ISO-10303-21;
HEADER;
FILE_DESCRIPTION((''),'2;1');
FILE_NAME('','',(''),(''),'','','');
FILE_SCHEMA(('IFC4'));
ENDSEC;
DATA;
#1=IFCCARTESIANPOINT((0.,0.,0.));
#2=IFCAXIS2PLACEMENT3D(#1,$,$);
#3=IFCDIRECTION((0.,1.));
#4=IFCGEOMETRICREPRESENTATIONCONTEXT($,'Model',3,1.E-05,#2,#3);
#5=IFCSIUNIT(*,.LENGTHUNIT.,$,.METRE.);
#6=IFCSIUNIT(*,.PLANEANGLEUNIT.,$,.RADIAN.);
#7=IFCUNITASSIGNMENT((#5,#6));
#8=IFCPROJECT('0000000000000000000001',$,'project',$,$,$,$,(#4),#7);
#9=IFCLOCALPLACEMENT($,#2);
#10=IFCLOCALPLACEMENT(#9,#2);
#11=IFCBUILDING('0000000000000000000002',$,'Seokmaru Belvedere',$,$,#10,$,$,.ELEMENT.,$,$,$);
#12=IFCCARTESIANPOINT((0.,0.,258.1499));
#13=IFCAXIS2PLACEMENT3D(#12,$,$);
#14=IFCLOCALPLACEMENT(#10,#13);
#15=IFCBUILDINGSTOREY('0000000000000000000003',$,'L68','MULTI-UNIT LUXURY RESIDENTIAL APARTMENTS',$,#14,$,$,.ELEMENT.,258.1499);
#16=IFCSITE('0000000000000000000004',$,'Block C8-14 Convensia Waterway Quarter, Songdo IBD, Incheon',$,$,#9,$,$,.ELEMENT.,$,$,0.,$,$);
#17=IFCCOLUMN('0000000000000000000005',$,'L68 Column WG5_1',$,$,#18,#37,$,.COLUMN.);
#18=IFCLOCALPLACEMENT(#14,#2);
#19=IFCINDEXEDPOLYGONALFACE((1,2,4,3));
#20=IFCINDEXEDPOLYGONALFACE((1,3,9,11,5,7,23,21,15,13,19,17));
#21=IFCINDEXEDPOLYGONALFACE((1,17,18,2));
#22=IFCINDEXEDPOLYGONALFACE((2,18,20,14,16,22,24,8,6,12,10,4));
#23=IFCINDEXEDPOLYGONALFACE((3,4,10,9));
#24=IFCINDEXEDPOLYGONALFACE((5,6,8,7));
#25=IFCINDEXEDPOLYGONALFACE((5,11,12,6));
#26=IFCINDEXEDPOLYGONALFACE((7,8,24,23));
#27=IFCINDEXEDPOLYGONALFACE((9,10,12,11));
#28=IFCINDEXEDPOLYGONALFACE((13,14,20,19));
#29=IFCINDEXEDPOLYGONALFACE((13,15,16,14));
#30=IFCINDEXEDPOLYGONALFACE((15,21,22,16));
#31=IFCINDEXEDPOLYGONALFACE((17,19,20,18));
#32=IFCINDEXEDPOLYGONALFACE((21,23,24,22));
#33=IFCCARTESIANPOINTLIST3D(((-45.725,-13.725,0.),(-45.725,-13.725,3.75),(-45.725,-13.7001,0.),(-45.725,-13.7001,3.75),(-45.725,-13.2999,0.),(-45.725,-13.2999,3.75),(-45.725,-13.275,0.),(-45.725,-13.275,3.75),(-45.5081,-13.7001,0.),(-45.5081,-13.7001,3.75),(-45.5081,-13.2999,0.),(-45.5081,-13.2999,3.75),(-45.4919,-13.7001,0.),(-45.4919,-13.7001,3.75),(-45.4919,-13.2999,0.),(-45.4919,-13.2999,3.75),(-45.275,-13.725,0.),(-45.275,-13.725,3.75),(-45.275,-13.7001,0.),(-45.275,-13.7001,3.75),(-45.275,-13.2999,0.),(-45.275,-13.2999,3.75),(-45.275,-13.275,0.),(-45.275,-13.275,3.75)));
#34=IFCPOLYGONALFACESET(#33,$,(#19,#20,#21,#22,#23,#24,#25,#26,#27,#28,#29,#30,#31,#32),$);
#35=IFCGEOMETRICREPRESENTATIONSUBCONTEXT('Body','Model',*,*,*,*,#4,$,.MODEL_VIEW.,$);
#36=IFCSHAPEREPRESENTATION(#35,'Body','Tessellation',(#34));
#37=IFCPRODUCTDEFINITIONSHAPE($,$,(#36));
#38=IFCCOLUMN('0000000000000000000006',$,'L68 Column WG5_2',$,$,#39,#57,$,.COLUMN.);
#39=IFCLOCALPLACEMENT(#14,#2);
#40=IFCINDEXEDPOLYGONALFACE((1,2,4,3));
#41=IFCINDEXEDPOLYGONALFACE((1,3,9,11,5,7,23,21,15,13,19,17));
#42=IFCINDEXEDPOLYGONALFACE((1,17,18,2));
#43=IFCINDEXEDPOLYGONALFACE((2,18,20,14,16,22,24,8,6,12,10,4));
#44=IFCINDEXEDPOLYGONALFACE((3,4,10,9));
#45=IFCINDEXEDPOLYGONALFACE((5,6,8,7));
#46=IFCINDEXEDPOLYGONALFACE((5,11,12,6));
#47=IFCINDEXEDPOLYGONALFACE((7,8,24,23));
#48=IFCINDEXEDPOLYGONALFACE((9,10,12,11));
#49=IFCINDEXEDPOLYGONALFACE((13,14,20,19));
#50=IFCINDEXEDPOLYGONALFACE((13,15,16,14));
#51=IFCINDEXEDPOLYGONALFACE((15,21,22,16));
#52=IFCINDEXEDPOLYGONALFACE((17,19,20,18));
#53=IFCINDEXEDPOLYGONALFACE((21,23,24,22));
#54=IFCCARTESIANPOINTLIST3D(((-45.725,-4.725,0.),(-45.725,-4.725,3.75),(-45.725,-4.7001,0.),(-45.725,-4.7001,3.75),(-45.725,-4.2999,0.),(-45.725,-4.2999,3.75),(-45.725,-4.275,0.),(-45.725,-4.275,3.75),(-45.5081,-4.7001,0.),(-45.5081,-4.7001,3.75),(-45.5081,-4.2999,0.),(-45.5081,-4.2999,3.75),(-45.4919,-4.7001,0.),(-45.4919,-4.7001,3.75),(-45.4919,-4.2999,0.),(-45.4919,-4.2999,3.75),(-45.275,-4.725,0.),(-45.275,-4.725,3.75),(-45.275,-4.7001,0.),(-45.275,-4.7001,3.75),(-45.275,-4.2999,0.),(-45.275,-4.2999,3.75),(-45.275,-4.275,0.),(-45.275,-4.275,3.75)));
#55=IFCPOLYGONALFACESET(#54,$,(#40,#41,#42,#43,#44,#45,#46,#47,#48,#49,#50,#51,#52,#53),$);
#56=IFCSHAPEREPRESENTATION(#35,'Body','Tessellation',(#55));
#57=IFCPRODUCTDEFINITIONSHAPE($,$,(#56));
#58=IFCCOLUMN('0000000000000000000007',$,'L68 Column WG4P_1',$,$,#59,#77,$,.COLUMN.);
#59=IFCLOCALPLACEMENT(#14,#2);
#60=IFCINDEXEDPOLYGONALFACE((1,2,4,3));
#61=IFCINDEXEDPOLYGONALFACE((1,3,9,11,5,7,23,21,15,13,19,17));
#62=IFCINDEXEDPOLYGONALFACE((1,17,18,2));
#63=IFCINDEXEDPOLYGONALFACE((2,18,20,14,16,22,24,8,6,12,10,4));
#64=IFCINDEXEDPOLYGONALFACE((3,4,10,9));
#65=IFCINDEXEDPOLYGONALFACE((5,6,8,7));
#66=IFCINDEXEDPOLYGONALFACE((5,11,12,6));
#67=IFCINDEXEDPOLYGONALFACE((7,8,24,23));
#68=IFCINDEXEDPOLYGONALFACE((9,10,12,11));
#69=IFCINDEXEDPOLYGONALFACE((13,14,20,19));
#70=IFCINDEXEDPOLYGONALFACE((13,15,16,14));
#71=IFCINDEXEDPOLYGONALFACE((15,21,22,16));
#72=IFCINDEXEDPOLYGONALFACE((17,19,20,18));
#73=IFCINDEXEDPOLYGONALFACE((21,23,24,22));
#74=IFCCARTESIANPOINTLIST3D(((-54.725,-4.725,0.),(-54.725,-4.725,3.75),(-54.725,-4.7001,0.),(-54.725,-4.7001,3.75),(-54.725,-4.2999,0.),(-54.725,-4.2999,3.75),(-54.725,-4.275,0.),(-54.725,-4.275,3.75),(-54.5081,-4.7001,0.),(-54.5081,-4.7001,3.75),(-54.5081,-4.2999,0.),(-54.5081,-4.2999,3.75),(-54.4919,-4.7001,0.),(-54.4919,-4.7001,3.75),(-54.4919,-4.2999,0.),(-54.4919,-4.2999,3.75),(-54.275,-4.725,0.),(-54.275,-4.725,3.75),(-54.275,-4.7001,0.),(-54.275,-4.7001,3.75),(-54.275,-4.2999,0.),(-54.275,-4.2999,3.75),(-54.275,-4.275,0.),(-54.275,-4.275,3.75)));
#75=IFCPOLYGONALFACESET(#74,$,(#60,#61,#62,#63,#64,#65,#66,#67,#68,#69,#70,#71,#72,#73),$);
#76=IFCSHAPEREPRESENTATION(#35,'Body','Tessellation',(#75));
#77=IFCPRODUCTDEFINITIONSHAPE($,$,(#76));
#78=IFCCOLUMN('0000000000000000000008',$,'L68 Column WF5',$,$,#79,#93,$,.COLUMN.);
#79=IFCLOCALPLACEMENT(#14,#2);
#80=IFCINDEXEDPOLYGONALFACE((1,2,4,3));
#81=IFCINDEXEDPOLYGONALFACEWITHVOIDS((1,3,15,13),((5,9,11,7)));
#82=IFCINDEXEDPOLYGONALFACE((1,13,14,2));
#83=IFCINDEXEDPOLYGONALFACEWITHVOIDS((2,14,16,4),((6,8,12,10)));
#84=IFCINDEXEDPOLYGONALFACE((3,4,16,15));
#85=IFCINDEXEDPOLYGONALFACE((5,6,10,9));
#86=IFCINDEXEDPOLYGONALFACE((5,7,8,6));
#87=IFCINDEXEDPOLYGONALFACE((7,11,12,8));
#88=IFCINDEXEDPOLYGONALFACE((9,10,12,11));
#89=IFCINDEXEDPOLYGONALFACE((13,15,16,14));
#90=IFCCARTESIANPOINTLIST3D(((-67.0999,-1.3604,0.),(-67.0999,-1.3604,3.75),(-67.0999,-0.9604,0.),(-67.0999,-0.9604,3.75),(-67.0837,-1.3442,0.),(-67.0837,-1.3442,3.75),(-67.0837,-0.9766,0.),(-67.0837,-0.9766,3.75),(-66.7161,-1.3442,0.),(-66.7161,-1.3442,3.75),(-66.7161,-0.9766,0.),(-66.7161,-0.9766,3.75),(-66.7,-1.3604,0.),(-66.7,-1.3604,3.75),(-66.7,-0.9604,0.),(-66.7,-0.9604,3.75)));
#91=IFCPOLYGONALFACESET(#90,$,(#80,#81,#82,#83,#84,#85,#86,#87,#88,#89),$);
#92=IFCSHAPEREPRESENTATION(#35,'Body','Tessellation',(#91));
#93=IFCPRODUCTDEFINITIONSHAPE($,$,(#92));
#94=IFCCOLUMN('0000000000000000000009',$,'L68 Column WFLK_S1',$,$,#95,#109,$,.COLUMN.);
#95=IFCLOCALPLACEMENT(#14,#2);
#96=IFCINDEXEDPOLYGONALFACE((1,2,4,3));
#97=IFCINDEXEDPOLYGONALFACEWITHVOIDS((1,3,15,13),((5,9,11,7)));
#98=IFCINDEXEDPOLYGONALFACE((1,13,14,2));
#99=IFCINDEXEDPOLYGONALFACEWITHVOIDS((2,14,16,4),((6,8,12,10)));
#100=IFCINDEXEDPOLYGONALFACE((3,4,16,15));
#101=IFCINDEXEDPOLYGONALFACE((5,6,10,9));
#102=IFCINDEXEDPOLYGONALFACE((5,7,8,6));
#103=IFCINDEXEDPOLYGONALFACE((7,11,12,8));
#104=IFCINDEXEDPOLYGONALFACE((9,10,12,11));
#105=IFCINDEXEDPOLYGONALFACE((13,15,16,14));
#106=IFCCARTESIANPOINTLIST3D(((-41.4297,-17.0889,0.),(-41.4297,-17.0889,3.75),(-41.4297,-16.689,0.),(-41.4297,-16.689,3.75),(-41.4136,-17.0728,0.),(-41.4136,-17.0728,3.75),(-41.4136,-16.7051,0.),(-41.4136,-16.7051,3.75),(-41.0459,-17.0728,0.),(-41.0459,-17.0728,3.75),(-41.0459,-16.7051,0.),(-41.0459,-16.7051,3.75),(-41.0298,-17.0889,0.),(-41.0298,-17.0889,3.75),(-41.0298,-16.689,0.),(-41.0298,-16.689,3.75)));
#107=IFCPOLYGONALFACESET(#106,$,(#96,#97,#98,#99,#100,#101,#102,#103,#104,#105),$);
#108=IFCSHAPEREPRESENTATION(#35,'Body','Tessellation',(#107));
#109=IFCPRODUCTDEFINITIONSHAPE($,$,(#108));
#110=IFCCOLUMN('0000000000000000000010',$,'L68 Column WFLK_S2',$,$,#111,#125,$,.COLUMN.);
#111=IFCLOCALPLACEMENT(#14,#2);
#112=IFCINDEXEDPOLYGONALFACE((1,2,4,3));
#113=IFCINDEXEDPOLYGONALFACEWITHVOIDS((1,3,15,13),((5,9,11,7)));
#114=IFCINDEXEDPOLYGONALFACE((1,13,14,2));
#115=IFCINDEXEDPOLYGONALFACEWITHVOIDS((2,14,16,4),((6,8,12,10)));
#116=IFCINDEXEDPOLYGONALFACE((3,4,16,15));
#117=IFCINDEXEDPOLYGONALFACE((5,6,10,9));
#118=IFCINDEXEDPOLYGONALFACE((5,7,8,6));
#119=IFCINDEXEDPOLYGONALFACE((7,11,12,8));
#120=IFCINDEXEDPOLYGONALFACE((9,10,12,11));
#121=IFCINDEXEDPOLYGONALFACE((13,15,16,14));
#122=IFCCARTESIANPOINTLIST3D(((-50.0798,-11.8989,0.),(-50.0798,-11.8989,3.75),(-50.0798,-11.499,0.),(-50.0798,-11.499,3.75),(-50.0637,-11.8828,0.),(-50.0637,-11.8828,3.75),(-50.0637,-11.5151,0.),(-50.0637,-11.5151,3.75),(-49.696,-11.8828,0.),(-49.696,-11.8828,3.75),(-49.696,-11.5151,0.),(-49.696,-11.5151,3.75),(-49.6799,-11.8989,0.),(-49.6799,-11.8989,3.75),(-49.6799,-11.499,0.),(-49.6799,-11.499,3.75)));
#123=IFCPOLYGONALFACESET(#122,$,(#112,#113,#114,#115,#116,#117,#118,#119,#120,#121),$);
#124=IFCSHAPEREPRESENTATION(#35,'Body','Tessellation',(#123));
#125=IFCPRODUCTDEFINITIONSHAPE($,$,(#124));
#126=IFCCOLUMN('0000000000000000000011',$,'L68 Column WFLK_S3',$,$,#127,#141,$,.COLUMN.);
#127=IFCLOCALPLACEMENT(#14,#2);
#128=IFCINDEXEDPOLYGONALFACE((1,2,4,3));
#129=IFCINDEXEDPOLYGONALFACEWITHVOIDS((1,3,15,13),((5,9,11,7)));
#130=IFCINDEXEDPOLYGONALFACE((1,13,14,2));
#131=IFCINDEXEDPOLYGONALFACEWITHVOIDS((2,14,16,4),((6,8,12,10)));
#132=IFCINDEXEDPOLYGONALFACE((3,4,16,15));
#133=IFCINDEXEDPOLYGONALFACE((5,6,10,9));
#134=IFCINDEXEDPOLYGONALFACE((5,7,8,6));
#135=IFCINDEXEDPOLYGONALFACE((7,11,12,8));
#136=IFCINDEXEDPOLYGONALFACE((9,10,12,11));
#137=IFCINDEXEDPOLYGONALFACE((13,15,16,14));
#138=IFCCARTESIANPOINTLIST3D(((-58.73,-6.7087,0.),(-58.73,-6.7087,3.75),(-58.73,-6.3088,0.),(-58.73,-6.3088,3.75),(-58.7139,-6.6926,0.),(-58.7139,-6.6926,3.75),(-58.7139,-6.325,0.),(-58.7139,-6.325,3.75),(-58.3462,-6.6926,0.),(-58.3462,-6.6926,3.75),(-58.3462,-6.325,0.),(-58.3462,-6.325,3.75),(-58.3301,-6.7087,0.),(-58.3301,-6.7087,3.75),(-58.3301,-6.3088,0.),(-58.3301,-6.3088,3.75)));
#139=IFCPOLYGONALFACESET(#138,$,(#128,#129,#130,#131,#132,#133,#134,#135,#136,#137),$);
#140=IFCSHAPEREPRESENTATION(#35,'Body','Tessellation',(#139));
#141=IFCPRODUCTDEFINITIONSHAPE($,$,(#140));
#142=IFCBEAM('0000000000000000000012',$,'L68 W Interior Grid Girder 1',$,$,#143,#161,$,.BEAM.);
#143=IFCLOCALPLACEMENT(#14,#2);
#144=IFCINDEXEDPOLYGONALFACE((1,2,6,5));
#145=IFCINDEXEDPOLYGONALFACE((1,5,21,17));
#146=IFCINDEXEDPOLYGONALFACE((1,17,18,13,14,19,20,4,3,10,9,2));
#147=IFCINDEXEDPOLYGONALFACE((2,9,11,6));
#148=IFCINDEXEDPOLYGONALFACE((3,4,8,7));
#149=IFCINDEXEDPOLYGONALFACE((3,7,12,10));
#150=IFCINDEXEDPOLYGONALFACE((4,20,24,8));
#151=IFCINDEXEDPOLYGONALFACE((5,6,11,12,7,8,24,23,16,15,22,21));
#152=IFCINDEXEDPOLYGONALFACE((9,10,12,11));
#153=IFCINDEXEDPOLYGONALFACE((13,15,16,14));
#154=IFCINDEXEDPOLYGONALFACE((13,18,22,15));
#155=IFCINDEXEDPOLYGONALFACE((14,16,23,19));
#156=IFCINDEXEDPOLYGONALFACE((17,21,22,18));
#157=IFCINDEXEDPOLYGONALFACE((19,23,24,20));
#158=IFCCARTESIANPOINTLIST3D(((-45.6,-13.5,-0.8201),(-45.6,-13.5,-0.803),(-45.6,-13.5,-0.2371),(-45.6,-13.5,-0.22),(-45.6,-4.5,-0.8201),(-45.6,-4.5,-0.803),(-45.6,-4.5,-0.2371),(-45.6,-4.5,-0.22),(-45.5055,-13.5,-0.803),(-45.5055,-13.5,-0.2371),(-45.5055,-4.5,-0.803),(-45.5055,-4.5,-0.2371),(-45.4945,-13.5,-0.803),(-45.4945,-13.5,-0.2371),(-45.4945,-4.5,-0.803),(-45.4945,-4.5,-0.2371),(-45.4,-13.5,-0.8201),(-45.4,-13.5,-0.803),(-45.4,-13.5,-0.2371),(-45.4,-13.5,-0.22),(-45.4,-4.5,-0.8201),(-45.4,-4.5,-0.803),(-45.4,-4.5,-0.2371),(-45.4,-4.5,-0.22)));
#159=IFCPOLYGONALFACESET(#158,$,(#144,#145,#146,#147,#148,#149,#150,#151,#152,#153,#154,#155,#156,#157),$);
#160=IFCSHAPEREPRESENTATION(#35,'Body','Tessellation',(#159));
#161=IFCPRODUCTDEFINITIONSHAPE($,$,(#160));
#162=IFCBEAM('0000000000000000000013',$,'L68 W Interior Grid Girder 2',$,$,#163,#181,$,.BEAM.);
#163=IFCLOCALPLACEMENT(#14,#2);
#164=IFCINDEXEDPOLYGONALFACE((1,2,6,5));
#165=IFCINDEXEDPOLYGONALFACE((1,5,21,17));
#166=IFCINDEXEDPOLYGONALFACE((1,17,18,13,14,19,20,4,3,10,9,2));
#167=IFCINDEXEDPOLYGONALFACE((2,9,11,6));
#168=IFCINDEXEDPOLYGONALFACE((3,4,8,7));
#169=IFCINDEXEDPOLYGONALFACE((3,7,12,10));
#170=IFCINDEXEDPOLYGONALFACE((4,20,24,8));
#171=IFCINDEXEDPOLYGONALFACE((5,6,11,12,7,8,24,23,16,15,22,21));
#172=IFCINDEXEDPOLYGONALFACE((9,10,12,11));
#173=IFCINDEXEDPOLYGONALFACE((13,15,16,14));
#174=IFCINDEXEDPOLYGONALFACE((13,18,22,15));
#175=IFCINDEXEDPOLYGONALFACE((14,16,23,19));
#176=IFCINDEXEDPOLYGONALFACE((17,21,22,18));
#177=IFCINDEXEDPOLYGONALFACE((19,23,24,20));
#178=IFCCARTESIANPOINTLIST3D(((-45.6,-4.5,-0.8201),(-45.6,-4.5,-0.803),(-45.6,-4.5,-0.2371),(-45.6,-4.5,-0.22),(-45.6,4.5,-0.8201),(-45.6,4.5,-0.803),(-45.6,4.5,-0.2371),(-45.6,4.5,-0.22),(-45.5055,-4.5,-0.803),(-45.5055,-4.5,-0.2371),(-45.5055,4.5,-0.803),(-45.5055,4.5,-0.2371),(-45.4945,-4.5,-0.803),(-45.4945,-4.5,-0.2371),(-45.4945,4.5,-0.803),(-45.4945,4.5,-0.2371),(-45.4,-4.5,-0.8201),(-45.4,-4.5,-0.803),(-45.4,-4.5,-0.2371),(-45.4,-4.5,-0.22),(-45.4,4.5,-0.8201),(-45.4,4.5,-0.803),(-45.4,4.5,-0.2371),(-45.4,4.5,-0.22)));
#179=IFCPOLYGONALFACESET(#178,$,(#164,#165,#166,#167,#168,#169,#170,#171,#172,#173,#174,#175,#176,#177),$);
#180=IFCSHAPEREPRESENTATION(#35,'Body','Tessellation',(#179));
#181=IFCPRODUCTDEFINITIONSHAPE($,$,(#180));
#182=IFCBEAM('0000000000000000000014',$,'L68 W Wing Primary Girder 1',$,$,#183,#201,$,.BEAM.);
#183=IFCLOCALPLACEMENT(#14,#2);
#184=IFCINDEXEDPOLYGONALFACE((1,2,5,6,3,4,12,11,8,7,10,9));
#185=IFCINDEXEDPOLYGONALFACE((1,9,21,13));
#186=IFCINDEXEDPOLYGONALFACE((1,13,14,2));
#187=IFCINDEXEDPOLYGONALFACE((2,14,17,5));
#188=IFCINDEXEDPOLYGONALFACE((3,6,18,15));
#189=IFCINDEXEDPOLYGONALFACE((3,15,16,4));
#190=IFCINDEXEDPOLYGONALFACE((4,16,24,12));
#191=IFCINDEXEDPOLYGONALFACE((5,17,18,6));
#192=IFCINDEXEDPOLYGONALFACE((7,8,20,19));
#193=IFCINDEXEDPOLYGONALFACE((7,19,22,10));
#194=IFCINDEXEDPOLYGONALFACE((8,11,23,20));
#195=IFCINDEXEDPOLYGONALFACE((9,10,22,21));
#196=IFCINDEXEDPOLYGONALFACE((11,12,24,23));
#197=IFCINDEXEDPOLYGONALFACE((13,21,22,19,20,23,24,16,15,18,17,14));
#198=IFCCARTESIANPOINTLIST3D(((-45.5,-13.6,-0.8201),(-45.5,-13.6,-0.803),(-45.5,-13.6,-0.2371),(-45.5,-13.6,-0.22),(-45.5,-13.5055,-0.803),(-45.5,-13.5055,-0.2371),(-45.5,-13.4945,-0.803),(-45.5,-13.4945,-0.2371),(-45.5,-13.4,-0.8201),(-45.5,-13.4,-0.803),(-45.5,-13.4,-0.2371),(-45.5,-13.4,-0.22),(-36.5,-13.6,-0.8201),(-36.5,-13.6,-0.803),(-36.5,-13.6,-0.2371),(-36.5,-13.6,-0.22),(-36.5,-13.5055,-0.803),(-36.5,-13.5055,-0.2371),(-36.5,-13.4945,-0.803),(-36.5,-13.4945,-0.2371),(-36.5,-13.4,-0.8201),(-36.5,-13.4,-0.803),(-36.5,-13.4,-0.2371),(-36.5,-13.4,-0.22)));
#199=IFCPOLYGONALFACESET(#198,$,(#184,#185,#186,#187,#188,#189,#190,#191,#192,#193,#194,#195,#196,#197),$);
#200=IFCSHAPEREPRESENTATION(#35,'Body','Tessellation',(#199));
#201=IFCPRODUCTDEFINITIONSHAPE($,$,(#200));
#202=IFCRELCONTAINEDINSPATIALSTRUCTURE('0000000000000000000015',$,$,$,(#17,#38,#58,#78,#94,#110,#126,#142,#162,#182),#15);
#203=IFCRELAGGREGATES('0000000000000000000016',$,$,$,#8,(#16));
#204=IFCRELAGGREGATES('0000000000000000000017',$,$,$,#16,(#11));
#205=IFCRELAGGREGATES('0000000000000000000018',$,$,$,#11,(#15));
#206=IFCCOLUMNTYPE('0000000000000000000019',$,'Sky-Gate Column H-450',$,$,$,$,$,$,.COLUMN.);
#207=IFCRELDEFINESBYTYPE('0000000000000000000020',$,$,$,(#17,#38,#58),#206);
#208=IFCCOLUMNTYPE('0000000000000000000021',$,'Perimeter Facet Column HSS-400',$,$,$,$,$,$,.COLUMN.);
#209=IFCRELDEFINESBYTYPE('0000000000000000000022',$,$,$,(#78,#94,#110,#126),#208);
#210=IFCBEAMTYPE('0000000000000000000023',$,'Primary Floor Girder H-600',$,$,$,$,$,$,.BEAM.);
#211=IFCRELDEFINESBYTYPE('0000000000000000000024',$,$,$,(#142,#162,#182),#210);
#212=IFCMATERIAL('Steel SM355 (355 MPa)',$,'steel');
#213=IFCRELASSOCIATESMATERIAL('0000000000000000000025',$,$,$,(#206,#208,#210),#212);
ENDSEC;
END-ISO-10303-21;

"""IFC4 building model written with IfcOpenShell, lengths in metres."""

from ifc_helpers import new_model, si_unit, direction, frame, origin, origin_2d, place, context, subcontext, project, spatial, hollow_rectangle, i_section, extrude, source, transform, mapped, material, material_profile, profile_set, type_object, type_shapes, element, save


model = new_model("IFC4")

# Units and contexts
model_context = context("Model", 3, precision=1e-05, world=origin(), true_north=direction((0.0, 1.0)))
body_context = subcontext(model_context, "Body", "Model", "MODEL_VIEW")
ifc_project = project(units=[si_unit("LENGTHUNIT", "METRE"), si_unit("PLANEANGLEUNIT", "RADIAN")], contexts=[model_context])

# Site, building, storey
site_placement = place(None, origin())
site = spatial("IfcSite", under=ifc_project, at=site_placement, Name="Block C8-14 Convensia Waterway Quarter, Songdo IBD, Incheon", CompositionType="ELEMENT", RefElevation=0.0)
building_placement = place(site_placement, origin())
building = spatial("IfcBuilding", under=site, at=building_placement, Name="Seokmaru Belvedere", CompositionType="ELEMENT")
storey_placement = place(building_placement, frame((0.0, 0.0, 258.1499)))
storey = spatial("IfcBuildingStorey", under=building, at=storey_placement, Name="L68", Description="MULTI-UNIT LUXURY RESIDENTIAL APARTMENTS", CompositionType="ELEMENT", Elevation=258.1499)

# Columns
ifc_material_1 = material(Name="Steel SM355 (355 MPa)", Category="steel")
ifc_material_profile_1 = material_profile(ifc_material_1, i_section(OverallWidth=0.45, OverallDepth=0.45, WebThickness=0.0161, FlangeThickness=0.0249, at=origin_2d()), Name="H-450x450x16x25")
ifc_profile_set_1 = profile_set([ifc_material_profile_1], Name="Steel SM355 (355 MPa)")
column_type_1 = type_object("IfcColumnType", Name="Sky-Gate Column H-450", PredefinedType="COLUMN", material=ifc_profile_set_1)
shared_shape_1 = source(origin(), body_context, "Body", "SweptSolid", [
    extrude(i_section(OverallWidth=0.45, OverallDepth=0.45, WebThickness=0.0161, FlangeThickness=0.0249, at=origin_2d()), origin(), (0.0, 0.0, 1.0), 3.75),
])
type_shapes(column_type_1, [shared_shape_1])
for number, where, z_axis, x_axis, name in (
    (1, (-45.5, -13.5, 0.0), (0.0, 0.0, 1.0), (1.0, 0.0, 0.0), "L68 Column WG5_1"),
    (2, (-45.5, -4.5, 0.0), (0.0, 0.0, 1.0), (1.0, 0.0, 0.0), "L68 Column WG5_2"),
    (3, (-54.5, -4.5, 0.0), (0.0, 0.0, 1.0), (1.0, 0.0, 0.0), "L68 Column WG4P_1"),
):
    element("IfcColumn", number, at=place(storey_placement, frame(where, z_axis=z_axis, x_axis=x_axis)), inside=storey, type_object=column_type_1, Name=name, PredefinedType="COLUMN", context=body_context, shape_type="MappedRepresentation", body=[
        mapped(shared_shape_1, transform((0.0, 0.0, 0.0), scale=1.0)),
    ])
ifc_material_profile_2 = material_profile(ifc_material_1, hollow_rectangle(XDim=0.3999, YDim=0.3999, WallThickness=0.0161, at=origin_2d()), Name="HSS-400x400x16")
ifc_profile_set_2 = profile_set([ifc_material_profile_2], Name="Steel SM355 (355 MPa)")
column_type_2 = type_object("IfcColumnType", Name="Perimeter Facet Column HSS-400", PredefinedType="COLUMN", material=ifc_profile_set_2)
shared_shape_2 = source(origin(), body_context, "Body", "SweptSolid", [
    extrude(hollow_rectangle(XDim=0.3999, YDim=0.3999, WallThickness=0.0161, at=origin_2d()), origin(), (0.0, 0.0, 1.0), 3.75),
])
type_shapes(column_type_2, [shared_shape_2])
for number, where, z_axis, x_axis, name in (
    (4, (-66.8999, -1.1604, 0.0), (0.0, 0.0, 1.0), (1.0, 0.0, 0.0), "L68 Column WF5"),
    (5, (-41.2297, -16.8889, 0.0), (0.0, 0.0, 1.0), (1.0, 0.0, 0.0), "L68 Column WFLK_S1"),
    (6, (-49.8799, -11.699, 0.0), (0.0, 0.0, 1.0), (1.0, 0.0, 0.0), "L68 Column WFLK_S2"),
    (7, (-58.53, -6.5088, 0.0), (0.0, 0.0, 1.0), (1.0, 0.0, 0.0), "L68 Column WFLK_S3"),
):
    element("IfcColumn", number, at=place(storey_placement, frame(where, z_axis=z_axis, x_axis=x_axis)), inside=storey, type_object=column_type_2, Name=name, PredefinedType="COLUMN", context=body_context, shape_type="MappedRepresentation", body=[
        mapped(shared_shape_2, transform((0.0, 0.0, 0.0), scale=1.0)),
    ])

# Beams
ifc_material_profile_3 = material_profile(ifc_material_1, i_section(OverallWidth=0.2, OverallDepth=0.6001, WebThickness=0.011, FlangeThickness=0.0171, at=origin_2d()), Name="H-600x200x11x17")
ifc_profile_set_3 = profile_set([ifc_material_profile_3], Name="Steel SM355 (355 MPa)")
beam_type_1 = type_object("IfcBeamType", Name="Primary Floor Girder H-600", PredefinedType="BEAM", material=ifc_profile_set_3)
shared_shape_3 = source(origin(), body_context, "Body", "SweptSolid", [
    extrude(i_section(OverallWidth=0.2, OverallDepth=0.6001, WebThickness=0.011, FlangeThickness=0.0171, at=origin_2d()), origin(), (0.0, 0.0, 1.0), 9.0),
])
for number, where, z_axis, x_axis, name in (
    (8, (-45.5, -13.5, -0.52), (0.0, 1.0, 0.0), (-1.0, 0.0, 0.0), "L68 W Interior Grid Girder 1"),
    (9, (-45.5, -4.5, -0.52), (0.0, 1.0, 0.0), (-1.0, 0.0, 0.0), "L68 W Interior Grid Girder 2"),
    (10, (-45.5, -13.5, -0.52), (1.0, 0.0, 0.0), (0.0, 1.0, 0.0), "L68 W Wing Primary Girder 1"),
):
    element("IfcBeam", number, at=place(storey_placement, frame(where, z_axis=z_axis, x_axis=x_axis)), inside=storey, type_object=beam_type_1, Name=name, PredefinedType="BEAM", context=body_context, shape_type="MappedRepresentation", body=[
        mapped(shared_shape_3, transform((0.0, 0.0, 0.0), scale=1.0)),
    ])

save(model, "model.ifc")
